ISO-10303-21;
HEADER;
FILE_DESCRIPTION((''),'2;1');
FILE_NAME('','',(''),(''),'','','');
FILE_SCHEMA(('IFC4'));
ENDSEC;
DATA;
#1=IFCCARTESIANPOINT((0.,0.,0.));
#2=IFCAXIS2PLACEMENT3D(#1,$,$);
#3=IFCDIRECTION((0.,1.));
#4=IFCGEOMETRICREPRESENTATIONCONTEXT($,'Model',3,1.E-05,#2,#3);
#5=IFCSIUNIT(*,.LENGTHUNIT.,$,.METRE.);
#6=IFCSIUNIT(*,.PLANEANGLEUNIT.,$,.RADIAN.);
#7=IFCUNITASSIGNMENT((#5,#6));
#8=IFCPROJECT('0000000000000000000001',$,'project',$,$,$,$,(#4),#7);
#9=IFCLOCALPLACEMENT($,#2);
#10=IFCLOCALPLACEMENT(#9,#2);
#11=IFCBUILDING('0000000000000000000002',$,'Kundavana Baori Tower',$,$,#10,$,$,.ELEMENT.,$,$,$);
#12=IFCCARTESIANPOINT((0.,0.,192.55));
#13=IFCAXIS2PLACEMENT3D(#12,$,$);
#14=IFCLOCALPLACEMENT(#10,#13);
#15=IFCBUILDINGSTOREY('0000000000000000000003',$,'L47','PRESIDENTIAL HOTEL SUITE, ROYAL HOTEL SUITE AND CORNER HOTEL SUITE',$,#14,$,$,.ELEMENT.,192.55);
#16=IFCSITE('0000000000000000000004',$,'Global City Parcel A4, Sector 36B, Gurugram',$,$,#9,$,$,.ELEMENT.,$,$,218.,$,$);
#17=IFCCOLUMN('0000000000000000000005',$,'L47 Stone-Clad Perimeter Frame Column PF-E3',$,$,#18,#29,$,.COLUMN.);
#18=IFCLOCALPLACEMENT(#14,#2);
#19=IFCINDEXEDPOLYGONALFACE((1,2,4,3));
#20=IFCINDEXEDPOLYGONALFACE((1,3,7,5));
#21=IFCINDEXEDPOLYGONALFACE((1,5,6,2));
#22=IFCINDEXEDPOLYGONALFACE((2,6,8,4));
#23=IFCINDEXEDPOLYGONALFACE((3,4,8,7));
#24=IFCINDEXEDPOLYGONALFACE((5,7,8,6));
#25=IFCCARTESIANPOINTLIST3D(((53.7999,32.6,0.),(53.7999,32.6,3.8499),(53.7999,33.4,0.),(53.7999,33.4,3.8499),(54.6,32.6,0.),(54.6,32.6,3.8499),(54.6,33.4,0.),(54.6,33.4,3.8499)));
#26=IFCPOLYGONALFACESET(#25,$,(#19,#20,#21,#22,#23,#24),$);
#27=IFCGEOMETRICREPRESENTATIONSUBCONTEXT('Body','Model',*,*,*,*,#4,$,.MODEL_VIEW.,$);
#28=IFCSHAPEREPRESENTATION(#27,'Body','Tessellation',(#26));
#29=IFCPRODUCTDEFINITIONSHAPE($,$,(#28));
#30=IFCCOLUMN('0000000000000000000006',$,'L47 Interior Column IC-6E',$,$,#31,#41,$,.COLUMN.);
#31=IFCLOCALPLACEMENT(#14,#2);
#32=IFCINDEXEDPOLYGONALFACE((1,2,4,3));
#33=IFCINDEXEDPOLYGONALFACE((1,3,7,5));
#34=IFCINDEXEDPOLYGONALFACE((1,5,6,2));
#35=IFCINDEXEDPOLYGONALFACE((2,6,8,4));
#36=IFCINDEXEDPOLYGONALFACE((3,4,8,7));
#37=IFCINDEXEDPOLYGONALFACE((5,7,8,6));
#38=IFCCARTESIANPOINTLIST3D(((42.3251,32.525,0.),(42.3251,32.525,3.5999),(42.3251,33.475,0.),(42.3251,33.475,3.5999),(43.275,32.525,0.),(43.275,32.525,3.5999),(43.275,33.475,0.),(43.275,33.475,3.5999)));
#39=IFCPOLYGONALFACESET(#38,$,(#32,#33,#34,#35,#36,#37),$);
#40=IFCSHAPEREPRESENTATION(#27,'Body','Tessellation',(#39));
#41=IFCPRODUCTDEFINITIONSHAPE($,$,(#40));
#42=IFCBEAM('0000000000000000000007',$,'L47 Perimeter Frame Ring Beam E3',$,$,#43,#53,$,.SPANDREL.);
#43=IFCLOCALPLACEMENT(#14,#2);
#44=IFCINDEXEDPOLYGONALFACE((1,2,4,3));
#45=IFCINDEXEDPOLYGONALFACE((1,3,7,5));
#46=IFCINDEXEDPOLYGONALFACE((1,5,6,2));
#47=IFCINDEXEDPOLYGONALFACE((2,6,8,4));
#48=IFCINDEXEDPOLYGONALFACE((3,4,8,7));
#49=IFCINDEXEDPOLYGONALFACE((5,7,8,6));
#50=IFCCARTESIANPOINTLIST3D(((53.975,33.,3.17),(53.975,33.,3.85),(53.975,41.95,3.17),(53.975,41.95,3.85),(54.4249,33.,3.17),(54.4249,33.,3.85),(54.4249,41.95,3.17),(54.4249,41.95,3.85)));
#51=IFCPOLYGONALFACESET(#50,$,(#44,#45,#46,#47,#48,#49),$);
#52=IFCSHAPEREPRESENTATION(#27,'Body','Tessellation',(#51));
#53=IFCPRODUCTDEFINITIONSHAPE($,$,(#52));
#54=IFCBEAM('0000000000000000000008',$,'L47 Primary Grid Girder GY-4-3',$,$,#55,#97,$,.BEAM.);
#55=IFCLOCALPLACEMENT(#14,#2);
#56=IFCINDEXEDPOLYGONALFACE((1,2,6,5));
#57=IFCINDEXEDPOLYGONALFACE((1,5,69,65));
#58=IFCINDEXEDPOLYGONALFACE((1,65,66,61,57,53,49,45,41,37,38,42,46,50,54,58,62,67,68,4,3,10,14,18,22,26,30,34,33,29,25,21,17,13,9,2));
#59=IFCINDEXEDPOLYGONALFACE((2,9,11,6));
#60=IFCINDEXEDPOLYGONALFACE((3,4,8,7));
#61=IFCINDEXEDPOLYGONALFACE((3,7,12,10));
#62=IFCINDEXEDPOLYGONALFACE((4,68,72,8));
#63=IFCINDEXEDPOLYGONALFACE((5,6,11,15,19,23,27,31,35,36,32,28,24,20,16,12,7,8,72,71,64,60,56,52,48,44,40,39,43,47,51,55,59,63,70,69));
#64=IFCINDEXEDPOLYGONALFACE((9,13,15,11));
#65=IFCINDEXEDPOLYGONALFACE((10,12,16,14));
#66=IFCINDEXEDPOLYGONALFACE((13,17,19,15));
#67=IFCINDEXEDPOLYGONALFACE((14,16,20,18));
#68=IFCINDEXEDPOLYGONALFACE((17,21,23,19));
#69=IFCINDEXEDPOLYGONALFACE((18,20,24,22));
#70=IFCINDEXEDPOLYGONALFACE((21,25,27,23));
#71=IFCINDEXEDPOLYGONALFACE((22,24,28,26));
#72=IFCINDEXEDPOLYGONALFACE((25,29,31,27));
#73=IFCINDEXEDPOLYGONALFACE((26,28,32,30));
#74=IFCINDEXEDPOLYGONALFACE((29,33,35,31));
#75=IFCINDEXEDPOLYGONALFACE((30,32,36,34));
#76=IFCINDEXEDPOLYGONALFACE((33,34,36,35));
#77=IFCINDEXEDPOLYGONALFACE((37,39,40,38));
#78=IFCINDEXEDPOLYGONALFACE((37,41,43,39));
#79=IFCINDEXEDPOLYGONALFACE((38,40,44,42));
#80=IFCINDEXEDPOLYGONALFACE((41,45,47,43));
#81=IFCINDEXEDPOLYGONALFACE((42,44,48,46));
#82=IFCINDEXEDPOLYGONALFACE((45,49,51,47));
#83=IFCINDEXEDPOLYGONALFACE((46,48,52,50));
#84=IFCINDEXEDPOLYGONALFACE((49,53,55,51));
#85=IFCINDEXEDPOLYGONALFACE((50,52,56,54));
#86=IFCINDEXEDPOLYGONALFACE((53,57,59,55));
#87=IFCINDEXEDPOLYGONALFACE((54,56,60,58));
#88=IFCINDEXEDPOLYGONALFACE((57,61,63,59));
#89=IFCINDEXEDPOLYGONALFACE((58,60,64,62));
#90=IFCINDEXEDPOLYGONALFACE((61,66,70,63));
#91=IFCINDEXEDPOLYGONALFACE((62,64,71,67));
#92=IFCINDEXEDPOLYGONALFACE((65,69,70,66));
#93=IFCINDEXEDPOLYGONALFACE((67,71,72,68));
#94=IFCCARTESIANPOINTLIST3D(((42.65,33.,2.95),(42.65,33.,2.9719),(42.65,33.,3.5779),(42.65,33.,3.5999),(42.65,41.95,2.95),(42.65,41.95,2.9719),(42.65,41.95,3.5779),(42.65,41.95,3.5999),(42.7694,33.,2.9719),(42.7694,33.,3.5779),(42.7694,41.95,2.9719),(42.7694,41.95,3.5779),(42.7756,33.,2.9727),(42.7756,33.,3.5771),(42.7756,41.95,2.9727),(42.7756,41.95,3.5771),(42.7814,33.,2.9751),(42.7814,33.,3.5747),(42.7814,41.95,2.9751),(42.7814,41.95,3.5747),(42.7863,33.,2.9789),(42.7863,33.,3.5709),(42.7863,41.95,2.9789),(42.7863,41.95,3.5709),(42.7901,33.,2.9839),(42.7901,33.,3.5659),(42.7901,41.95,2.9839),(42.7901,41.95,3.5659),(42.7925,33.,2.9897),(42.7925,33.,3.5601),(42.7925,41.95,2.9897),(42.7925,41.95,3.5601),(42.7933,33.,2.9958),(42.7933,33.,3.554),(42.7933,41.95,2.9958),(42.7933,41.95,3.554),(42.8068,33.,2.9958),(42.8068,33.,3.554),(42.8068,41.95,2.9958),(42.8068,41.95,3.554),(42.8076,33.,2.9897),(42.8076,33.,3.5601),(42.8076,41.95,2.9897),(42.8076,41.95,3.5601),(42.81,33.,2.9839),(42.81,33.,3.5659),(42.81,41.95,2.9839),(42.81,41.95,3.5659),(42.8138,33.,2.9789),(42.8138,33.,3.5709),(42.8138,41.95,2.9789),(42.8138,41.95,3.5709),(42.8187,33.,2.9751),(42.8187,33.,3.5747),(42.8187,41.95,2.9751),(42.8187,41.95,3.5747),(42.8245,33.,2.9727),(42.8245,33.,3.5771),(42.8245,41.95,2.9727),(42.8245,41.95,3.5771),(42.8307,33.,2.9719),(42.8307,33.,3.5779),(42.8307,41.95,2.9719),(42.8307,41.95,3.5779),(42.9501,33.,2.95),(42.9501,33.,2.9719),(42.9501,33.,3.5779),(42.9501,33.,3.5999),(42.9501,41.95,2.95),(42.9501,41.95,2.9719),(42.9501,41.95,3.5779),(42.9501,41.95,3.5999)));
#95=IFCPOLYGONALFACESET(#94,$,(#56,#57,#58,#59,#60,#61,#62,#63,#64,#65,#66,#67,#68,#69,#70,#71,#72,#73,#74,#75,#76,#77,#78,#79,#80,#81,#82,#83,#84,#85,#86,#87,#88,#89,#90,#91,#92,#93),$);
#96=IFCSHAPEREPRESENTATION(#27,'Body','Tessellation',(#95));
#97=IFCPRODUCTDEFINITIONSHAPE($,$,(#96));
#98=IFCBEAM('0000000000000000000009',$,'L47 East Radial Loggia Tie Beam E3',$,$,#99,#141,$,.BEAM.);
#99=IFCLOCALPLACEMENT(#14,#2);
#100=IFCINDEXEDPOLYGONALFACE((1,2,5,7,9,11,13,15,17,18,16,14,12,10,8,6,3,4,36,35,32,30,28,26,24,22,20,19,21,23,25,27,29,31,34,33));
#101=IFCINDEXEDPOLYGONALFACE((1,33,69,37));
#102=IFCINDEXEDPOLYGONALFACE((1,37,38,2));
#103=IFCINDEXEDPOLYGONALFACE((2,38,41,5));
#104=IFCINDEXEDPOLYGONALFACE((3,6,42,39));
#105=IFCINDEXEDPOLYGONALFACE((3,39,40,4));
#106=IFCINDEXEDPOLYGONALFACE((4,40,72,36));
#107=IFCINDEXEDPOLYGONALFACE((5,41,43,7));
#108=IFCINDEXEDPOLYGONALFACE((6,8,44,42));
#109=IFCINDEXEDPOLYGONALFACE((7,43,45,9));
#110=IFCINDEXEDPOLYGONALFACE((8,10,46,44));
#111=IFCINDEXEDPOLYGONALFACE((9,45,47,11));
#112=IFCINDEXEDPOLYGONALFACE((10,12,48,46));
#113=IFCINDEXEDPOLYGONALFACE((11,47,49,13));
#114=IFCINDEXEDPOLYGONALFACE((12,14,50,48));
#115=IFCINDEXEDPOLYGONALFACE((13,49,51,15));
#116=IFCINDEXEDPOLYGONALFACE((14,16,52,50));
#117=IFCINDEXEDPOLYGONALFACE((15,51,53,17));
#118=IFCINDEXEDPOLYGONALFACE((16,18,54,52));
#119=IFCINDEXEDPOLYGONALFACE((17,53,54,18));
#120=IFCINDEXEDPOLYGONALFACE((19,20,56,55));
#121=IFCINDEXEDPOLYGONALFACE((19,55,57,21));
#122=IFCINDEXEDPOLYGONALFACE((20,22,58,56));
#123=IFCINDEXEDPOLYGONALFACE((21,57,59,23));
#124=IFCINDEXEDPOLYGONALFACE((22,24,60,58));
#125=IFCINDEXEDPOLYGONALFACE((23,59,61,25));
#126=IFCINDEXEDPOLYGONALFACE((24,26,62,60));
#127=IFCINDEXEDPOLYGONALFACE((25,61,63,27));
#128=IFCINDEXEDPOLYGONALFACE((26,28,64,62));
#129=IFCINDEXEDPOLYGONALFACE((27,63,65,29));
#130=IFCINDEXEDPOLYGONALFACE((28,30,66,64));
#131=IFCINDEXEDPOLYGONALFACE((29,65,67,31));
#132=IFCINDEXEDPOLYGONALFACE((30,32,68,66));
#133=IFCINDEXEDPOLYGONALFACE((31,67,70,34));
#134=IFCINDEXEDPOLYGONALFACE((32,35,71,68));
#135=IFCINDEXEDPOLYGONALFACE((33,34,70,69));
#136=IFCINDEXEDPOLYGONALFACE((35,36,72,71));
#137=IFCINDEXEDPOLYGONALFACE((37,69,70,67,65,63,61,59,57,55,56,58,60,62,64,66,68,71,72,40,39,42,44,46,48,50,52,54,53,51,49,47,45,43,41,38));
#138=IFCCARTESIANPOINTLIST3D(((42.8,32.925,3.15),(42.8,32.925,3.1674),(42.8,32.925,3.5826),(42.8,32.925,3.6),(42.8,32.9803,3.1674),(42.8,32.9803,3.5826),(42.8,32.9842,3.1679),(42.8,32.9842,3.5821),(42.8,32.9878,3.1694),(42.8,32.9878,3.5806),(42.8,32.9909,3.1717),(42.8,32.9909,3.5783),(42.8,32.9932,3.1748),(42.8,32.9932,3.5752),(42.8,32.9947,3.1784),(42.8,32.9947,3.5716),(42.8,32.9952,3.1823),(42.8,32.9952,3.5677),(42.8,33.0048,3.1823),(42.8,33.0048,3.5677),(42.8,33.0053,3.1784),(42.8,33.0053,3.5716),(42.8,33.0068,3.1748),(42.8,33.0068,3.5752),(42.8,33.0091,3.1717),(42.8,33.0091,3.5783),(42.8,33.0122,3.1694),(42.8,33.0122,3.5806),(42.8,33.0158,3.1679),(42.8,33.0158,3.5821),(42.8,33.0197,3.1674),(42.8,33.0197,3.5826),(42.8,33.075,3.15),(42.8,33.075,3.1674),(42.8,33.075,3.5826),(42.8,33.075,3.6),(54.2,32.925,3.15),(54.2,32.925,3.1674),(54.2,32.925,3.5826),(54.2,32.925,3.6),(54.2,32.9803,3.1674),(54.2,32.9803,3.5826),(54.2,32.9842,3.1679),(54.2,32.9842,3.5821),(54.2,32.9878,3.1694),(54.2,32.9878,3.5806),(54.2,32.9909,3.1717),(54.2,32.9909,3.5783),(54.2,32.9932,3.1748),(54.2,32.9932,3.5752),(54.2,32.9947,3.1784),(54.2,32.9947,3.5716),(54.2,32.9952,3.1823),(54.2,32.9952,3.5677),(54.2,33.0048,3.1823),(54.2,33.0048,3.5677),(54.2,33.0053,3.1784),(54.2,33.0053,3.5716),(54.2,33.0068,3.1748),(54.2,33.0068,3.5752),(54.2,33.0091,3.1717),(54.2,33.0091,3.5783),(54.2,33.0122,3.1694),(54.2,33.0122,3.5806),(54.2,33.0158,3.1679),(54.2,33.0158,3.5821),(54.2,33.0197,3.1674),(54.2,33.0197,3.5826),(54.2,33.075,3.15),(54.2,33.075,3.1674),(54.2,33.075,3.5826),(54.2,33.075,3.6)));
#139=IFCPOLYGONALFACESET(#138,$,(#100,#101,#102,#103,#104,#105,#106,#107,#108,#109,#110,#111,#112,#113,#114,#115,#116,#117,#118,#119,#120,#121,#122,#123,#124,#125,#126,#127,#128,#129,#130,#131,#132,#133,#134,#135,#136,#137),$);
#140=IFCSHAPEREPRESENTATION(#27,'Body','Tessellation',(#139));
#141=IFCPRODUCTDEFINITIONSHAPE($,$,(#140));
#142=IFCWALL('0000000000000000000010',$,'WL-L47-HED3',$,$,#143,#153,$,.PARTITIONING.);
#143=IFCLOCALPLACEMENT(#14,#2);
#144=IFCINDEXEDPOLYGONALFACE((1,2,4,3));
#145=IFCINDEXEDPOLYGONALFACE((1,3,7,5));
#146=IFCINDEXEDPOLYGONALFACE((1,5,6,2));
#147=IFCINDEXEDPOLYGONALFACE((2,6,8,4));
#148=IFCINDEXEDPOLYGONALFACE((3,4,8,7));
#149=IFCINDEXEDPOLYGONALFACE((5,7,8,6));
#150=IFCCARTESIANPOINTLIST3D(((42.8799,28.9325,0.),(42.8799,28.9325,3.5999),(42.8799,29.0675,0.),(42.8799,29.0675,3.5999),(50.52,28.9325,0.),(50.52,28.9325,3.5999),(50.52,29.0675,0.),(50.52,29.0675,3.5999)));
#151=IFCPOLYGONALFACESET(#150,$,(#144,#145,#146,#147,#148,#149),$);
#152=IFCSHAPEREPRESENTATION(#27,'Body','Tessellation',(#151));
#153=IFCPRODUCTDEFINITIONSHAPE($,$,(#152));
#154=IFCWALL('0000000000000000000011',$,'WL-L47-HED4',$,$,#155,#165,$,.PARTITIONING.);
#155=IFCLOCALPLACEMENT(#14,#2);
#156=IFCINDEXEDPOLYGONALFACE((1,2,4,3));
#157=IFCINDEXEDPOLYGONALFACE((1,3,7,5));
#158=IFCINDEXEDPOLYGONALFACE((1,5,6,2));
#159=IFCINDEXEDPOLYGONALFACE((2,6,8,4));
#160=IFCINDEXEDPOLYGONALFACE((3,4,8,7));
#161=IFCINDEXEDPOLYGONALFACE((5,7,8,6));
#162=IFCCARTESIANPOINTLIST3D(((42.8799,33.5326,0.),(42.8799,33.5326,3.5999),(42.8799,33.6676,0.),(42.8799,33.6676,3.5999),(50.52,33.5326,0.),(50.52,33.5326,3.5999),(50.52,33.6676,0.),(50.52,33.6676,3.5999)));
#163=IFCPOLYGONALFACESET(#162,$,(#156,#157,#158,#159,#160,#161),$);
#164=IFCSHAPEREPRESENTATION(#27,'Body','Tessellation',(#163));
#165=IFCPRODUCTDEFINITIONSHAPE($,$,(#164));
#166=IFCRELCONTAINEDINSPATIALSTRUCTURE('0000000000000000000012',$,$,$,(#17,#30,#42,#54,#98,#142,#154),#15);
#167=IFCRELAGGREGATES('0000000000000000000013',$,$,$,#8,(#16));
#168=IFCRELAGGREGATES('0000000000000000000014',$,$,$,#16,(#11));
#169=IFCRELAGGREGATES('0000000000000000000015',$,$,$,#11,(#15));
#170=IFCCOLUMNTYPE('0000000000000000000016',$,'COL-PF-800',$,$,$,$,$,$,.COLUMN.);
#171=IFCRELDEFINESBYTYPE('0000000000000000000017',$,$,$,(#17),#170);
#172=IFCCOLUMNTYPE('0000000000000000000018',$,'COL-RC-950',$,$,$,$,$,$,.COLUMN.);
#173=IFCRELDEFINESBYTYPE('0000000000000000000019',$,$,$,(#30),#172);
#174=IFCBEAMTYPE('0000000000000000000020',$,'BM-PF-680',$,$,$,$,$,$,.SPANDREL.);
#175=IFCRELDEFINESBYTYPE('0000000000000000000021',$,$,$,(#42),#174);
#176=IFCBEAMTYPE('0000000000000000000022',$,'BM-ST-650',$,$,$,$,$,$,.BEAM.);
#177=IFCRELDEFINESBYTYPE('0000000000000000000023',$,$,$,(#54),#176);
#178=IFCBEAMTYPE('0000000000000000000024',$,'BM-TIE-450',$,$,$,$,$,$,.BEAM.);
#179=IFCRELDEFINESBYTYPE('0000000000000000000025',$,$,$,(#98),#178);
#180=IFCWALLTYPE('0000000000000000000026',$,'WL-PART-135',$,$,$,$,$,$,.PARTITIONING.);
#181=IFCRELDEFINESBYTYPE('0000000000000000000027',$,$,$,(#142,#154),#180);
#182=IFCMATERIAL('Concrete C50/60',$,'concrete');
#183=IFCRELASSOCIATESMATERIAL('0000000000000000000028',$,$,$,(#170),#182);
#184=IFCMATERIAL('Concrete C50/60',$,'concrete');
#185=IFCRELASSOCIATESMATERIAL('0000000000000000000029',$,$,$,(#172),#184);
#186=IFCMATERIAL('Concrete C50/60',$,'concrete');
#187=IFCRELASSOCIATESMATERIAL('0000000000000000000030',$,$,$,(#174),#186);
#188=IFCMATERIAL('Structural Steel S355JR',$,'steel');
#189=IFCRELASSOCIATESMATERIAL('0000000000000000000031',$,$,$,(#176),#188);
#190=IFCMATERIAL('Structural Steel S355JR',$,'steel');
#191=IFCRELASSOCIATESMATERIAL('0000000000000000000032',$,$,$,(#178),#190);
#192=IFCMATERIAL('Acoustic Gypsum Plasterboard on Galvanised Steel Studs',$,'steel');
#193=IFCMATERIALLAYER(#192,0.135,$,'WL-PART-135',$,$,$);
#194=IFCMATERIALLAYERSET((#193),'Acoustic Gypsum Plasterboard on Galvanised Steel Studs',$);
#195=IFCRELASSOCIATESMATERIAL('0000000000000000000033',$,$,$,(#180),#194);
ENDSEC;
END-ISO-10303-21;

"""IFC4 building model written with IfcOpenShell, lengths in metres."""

from ifc_helpers import new_model, si_unit, direction, frame, frame_2d, origin, origin_2d, place, context, subcontext, project, spatial, rectangle, i_section, extrude, material, layer, layer_set, material_profile, profile_set, type_object, element, save


model = new_model("IFC4")

# Units and contexts
model_context = context("Model", 3, precision=1e-05, world=origin(), true_north=direction((0.0, 1.0)))
body_context = subcontext(model_context, "Body", "Model", "MODEL_VIEW")
ifc_project = project(units=[si_unit("LENGTHUNIT", "METRE"), si_unit("PLANEANGLEUNIT", "RADIAN")], contexts=[model_context])

# Site, building, storey
site_placement = place(None, origin())
site = spatial("IfcSite", under=ifc_project, at=site_placement, Name="Global City Parcel A4, Sector 36B, Gurugram", CompositionType="ELEMENT", RefElevation=218.0)
building_placement = place(site_placement, origin())
building = spatial("IfcBuilding", under=site, at=building_placement, Name="Kundavana Baori Tower", CompositionType="ELEMENT")
storey_placement = place(building_placement, frame((0.0, 0.0, 192.55)))
storey = spatial("IfcBuildingStorey", under=building, at=storey_placement, Name="L47", Description="PRESIDENTIAL HOTEL SUITE, ROYAL HOTEL SUITE AND CORNER HOTEL SUITE", CompositionType="ELEMENT", Elevation=192.55)

# Columns
ifc_material_1 = material(Name="Concrete C50/60", Category="concrete")
ifc_material_profile_1 = material_profile(ifc_material_1, rectangle(XDim=0.8, YDim=0.8, at=origin_2d()), Name="RC PF 800x800")
ifc_profile_set_1 = profile_set([ifc_material_profile_1], Name="Concrete C50/60")
column_type_1 = type_object("IfcColumnType", Name="COL-PF-800", PredefinedType="COLUMN", material=ifc_profile_set_1)
column_1_placement = place(storey_placement, frame((54.2, 33.0, 0.0), z_axis=(0.0, 0.0, 1.0), x_axis=(1.0, 0.0, 0.0)))
element("IfcColumn", 1, at=column_1_placement, inside=storey, type_object=column_type_1, Name="L47 Stone-Clad Perimeter Frame Column PF-E3", PredefinedType="COLUMN", context=body_context, shape_type="SweptSolid", body=[
    extrude(rectangle(XDim=0.8, YDim=0.8, at=origin_2d()), origin(), (0.0, 0.0, 1.0), 3.8499),
])
ifc_material_2 = material(Name="Concrete C50/60", Category="concrete")
ifc_material_profile_2 = material_profile(ifc_material_2, rectangle(XDim=0.95, YDim=0.95, at=origin_2d()), Name="RC 950x950")
ifc_profile_set_2 = profile_set([ifc_material_profile_2], Name="Concrete C50/60")
column_type_2 = type_object("IfcColumnType", Name="COL-RC-950", PredefinedType="COLUMN", material=ifc_profile_set_2)
column_2_placement = place(storey_placement, frame((42.8, 33.0, 0.0), z_axis=(0.0, 0.0, 1.0), x_axis=(1.0, 0.0, 0.0)))
element("IfcColumn", 2, at=column_2_placement, inside=storey, type_object=column_type_2, Name="L47 Interior Column IC-6E", PredefinedType="COLUMN", context=body_context, shape_type="SweptSolid", body=[
    extrude(rectangle(XDim=0.95, YDim=0.95, at=origin_2d()), origin(), (0.0, 0.0, 1.0), 3.5999),
])

# Beams
ifc_material_3 = material(Name="Concrete C50/60", Category="concrete")
ifc_material_profile_3 = material_profile(ifc_material_3, rectangle(XDim=0.45, YDim=0.6799, at=origin_2d()), Name="RC BM 450x680")
ifc_profile_set_3 = profile_set([ifc_material_profile_3], Name="Concrete C50/60")
beam_type_1 = type_object("IfcBeamType", Name="BM-PF-680", PredefinedType="SPANDREL", material=ifc_profile_set_3)
beam_1_placement = place(storey_placement, frame((54.2, 33.0, 3.51), z_axis=(0.0, 1.0, 0.0), x_axis=(-1.0, 0.0, 0.0)))
element("IfcBeam", 3, at=beam_1_placement, inside=storey, type_object=beam_type_1, Name="L47 Perimeter Frame Ring Beam E3", PredefinedType="SPANDREL", context=body_context, shape_type="SweptSolid", body=[
    extrude(rectangle(XDim=0.45, YDim=0.6799, at=origin_2d()), origin(), (0.0, 0.0, 1.0), 8.95),
])
ifc_material_4 = material(Name="Structural Steel S355JR", Category="steel")
ifc_material_profile_4 = material_profile(ifc_material_4, i_section(OverallWidth=0.3, OverallDepth=0.6499, WebThickness=0.0134, FlangeThickness=0.022, FilletRadius=0.0239, at=origin_2d()), Name="NPB 650x300x155")
ifc_profile_set_4 = profile_set([ifc_material_profile_4], Name="Structural Steel S355JR")
beam_type_2 = type_object("IfcBeamType", Name="BM-ST-650", PredefinedType="BEAM", material=ifc_profile_set_4)
beam_2_placement = place(storey_placement, frame((42.8, 33.0, 3.2749), z_axis=(0.0, 1.0, 0.0), x_axis=(-1.0, 0.0, 0.0)))
element("IfcBeam", 4, at=beam_2_placement, inside=storey, type_object=beam_type_2, Name="L47 Primary Grid Girder GY-4-3", PredefinedType="BEAM", context=body_context, shape_type="SweptSolid", body=[
    extrude(i_section(OverallWidth=0.3, OverallDepth=0.6499, WebThickness=0.0134, FlangeThickness=0.022, FilletRadius=0.0239, at=origin_2d()), origin(), (0.0, 0.0, 1.0), 8.95),
])
ifc_material_5 = material(Name="Structural Steel S355JR", Category="steel")
ifc_material_profile_5 = material_profile(ifc_material_5, i_section(OverallWidth=0.1499, OverallDepth=0.45, WebThickness=0.0095, FlangeThickness=0.0173, FilletRadius=0.0149, at=origin_2d()), Name="ISMB 450")
ifc_profile_set_5 = profile_set([ifc_material_profile_5], Name="Structural Steel S355JR")
beam_type_3 = type_object("IfcBeamType", Name="BM-TIE-450", PredefinedType="BEAM", material=ifc_profile_set_5)
beam_3_placement = place(storey_placement, frame((42.8, 33.0, 3.375), z_axis=(1.0, 0.0, 0.0), x_axis=(0.0, 1.0, 0.0)))
element("IfcBeam", 5, at=beam_3_placement, inside=storey, type_object=beam_type_3, Name="L47 East Radial Loggia Tie Beam E3", PredefinedType="BEAM", context=body_context, shape_type="SweptSolid", body=[
    extrude(i_section(OverallWidth=0.1499, OverallDepth=0.45, WebThickness=0.0095, FlangeThickness=0.0173, FilletRadius=0.0149, at=origin_2d()), origin(), (0.0, 0.0, 1.0), 11.3999),
])

# Walls
ifc_material_6 = material(Name="Acoustic Gypsum Plasterboard on Galvanised Steel Studs", Category="steel")
ifc_layer_1 = layer(ifc_material_6, 0.135, Name="WL-PART-135")
ifc_layer_set_1 = layer_set([ifc_layer_1], Name="Acoustic Gypsum Plasterboard on Galvanised Steel Studs")
wall_type_1 = type_object("IfcWallType", Name="WL-PART-135", PredefinedType="PARTITIONING", material=ifc_layer_set_1)
for number, where, z_axis, x_axis, name in (
    (6, (42.8799, 29.0, 0.0), (0.0, 0.0, 1.0), (1.0, 0.0, 0.0), "WL-L47-HED3"),
    (7, (42.8799, 33.6001, 0.0), (0.0, 0.0, 1.0), (1.0, 0.0, 0.0), "WL-L47-HED4"),
):
    element("IfcWall", number, at=place(storey_placement, frame(where, z_axis=z_axis, x_axis=x_axis)), inside=storey, type_object=wall_type_1, Name=name, PredefinedType="PARTITIONING", context=body_context, shape_type="SweptSolid", body=[
        extrude(rectangle(XDim=7.6401, YDim=0.135, at=frame_2d((3.8201, 0.0))), origin(), (0.0, 0.0, 1.0), 3.5999),
    ])

save(model, "model.ifc")
